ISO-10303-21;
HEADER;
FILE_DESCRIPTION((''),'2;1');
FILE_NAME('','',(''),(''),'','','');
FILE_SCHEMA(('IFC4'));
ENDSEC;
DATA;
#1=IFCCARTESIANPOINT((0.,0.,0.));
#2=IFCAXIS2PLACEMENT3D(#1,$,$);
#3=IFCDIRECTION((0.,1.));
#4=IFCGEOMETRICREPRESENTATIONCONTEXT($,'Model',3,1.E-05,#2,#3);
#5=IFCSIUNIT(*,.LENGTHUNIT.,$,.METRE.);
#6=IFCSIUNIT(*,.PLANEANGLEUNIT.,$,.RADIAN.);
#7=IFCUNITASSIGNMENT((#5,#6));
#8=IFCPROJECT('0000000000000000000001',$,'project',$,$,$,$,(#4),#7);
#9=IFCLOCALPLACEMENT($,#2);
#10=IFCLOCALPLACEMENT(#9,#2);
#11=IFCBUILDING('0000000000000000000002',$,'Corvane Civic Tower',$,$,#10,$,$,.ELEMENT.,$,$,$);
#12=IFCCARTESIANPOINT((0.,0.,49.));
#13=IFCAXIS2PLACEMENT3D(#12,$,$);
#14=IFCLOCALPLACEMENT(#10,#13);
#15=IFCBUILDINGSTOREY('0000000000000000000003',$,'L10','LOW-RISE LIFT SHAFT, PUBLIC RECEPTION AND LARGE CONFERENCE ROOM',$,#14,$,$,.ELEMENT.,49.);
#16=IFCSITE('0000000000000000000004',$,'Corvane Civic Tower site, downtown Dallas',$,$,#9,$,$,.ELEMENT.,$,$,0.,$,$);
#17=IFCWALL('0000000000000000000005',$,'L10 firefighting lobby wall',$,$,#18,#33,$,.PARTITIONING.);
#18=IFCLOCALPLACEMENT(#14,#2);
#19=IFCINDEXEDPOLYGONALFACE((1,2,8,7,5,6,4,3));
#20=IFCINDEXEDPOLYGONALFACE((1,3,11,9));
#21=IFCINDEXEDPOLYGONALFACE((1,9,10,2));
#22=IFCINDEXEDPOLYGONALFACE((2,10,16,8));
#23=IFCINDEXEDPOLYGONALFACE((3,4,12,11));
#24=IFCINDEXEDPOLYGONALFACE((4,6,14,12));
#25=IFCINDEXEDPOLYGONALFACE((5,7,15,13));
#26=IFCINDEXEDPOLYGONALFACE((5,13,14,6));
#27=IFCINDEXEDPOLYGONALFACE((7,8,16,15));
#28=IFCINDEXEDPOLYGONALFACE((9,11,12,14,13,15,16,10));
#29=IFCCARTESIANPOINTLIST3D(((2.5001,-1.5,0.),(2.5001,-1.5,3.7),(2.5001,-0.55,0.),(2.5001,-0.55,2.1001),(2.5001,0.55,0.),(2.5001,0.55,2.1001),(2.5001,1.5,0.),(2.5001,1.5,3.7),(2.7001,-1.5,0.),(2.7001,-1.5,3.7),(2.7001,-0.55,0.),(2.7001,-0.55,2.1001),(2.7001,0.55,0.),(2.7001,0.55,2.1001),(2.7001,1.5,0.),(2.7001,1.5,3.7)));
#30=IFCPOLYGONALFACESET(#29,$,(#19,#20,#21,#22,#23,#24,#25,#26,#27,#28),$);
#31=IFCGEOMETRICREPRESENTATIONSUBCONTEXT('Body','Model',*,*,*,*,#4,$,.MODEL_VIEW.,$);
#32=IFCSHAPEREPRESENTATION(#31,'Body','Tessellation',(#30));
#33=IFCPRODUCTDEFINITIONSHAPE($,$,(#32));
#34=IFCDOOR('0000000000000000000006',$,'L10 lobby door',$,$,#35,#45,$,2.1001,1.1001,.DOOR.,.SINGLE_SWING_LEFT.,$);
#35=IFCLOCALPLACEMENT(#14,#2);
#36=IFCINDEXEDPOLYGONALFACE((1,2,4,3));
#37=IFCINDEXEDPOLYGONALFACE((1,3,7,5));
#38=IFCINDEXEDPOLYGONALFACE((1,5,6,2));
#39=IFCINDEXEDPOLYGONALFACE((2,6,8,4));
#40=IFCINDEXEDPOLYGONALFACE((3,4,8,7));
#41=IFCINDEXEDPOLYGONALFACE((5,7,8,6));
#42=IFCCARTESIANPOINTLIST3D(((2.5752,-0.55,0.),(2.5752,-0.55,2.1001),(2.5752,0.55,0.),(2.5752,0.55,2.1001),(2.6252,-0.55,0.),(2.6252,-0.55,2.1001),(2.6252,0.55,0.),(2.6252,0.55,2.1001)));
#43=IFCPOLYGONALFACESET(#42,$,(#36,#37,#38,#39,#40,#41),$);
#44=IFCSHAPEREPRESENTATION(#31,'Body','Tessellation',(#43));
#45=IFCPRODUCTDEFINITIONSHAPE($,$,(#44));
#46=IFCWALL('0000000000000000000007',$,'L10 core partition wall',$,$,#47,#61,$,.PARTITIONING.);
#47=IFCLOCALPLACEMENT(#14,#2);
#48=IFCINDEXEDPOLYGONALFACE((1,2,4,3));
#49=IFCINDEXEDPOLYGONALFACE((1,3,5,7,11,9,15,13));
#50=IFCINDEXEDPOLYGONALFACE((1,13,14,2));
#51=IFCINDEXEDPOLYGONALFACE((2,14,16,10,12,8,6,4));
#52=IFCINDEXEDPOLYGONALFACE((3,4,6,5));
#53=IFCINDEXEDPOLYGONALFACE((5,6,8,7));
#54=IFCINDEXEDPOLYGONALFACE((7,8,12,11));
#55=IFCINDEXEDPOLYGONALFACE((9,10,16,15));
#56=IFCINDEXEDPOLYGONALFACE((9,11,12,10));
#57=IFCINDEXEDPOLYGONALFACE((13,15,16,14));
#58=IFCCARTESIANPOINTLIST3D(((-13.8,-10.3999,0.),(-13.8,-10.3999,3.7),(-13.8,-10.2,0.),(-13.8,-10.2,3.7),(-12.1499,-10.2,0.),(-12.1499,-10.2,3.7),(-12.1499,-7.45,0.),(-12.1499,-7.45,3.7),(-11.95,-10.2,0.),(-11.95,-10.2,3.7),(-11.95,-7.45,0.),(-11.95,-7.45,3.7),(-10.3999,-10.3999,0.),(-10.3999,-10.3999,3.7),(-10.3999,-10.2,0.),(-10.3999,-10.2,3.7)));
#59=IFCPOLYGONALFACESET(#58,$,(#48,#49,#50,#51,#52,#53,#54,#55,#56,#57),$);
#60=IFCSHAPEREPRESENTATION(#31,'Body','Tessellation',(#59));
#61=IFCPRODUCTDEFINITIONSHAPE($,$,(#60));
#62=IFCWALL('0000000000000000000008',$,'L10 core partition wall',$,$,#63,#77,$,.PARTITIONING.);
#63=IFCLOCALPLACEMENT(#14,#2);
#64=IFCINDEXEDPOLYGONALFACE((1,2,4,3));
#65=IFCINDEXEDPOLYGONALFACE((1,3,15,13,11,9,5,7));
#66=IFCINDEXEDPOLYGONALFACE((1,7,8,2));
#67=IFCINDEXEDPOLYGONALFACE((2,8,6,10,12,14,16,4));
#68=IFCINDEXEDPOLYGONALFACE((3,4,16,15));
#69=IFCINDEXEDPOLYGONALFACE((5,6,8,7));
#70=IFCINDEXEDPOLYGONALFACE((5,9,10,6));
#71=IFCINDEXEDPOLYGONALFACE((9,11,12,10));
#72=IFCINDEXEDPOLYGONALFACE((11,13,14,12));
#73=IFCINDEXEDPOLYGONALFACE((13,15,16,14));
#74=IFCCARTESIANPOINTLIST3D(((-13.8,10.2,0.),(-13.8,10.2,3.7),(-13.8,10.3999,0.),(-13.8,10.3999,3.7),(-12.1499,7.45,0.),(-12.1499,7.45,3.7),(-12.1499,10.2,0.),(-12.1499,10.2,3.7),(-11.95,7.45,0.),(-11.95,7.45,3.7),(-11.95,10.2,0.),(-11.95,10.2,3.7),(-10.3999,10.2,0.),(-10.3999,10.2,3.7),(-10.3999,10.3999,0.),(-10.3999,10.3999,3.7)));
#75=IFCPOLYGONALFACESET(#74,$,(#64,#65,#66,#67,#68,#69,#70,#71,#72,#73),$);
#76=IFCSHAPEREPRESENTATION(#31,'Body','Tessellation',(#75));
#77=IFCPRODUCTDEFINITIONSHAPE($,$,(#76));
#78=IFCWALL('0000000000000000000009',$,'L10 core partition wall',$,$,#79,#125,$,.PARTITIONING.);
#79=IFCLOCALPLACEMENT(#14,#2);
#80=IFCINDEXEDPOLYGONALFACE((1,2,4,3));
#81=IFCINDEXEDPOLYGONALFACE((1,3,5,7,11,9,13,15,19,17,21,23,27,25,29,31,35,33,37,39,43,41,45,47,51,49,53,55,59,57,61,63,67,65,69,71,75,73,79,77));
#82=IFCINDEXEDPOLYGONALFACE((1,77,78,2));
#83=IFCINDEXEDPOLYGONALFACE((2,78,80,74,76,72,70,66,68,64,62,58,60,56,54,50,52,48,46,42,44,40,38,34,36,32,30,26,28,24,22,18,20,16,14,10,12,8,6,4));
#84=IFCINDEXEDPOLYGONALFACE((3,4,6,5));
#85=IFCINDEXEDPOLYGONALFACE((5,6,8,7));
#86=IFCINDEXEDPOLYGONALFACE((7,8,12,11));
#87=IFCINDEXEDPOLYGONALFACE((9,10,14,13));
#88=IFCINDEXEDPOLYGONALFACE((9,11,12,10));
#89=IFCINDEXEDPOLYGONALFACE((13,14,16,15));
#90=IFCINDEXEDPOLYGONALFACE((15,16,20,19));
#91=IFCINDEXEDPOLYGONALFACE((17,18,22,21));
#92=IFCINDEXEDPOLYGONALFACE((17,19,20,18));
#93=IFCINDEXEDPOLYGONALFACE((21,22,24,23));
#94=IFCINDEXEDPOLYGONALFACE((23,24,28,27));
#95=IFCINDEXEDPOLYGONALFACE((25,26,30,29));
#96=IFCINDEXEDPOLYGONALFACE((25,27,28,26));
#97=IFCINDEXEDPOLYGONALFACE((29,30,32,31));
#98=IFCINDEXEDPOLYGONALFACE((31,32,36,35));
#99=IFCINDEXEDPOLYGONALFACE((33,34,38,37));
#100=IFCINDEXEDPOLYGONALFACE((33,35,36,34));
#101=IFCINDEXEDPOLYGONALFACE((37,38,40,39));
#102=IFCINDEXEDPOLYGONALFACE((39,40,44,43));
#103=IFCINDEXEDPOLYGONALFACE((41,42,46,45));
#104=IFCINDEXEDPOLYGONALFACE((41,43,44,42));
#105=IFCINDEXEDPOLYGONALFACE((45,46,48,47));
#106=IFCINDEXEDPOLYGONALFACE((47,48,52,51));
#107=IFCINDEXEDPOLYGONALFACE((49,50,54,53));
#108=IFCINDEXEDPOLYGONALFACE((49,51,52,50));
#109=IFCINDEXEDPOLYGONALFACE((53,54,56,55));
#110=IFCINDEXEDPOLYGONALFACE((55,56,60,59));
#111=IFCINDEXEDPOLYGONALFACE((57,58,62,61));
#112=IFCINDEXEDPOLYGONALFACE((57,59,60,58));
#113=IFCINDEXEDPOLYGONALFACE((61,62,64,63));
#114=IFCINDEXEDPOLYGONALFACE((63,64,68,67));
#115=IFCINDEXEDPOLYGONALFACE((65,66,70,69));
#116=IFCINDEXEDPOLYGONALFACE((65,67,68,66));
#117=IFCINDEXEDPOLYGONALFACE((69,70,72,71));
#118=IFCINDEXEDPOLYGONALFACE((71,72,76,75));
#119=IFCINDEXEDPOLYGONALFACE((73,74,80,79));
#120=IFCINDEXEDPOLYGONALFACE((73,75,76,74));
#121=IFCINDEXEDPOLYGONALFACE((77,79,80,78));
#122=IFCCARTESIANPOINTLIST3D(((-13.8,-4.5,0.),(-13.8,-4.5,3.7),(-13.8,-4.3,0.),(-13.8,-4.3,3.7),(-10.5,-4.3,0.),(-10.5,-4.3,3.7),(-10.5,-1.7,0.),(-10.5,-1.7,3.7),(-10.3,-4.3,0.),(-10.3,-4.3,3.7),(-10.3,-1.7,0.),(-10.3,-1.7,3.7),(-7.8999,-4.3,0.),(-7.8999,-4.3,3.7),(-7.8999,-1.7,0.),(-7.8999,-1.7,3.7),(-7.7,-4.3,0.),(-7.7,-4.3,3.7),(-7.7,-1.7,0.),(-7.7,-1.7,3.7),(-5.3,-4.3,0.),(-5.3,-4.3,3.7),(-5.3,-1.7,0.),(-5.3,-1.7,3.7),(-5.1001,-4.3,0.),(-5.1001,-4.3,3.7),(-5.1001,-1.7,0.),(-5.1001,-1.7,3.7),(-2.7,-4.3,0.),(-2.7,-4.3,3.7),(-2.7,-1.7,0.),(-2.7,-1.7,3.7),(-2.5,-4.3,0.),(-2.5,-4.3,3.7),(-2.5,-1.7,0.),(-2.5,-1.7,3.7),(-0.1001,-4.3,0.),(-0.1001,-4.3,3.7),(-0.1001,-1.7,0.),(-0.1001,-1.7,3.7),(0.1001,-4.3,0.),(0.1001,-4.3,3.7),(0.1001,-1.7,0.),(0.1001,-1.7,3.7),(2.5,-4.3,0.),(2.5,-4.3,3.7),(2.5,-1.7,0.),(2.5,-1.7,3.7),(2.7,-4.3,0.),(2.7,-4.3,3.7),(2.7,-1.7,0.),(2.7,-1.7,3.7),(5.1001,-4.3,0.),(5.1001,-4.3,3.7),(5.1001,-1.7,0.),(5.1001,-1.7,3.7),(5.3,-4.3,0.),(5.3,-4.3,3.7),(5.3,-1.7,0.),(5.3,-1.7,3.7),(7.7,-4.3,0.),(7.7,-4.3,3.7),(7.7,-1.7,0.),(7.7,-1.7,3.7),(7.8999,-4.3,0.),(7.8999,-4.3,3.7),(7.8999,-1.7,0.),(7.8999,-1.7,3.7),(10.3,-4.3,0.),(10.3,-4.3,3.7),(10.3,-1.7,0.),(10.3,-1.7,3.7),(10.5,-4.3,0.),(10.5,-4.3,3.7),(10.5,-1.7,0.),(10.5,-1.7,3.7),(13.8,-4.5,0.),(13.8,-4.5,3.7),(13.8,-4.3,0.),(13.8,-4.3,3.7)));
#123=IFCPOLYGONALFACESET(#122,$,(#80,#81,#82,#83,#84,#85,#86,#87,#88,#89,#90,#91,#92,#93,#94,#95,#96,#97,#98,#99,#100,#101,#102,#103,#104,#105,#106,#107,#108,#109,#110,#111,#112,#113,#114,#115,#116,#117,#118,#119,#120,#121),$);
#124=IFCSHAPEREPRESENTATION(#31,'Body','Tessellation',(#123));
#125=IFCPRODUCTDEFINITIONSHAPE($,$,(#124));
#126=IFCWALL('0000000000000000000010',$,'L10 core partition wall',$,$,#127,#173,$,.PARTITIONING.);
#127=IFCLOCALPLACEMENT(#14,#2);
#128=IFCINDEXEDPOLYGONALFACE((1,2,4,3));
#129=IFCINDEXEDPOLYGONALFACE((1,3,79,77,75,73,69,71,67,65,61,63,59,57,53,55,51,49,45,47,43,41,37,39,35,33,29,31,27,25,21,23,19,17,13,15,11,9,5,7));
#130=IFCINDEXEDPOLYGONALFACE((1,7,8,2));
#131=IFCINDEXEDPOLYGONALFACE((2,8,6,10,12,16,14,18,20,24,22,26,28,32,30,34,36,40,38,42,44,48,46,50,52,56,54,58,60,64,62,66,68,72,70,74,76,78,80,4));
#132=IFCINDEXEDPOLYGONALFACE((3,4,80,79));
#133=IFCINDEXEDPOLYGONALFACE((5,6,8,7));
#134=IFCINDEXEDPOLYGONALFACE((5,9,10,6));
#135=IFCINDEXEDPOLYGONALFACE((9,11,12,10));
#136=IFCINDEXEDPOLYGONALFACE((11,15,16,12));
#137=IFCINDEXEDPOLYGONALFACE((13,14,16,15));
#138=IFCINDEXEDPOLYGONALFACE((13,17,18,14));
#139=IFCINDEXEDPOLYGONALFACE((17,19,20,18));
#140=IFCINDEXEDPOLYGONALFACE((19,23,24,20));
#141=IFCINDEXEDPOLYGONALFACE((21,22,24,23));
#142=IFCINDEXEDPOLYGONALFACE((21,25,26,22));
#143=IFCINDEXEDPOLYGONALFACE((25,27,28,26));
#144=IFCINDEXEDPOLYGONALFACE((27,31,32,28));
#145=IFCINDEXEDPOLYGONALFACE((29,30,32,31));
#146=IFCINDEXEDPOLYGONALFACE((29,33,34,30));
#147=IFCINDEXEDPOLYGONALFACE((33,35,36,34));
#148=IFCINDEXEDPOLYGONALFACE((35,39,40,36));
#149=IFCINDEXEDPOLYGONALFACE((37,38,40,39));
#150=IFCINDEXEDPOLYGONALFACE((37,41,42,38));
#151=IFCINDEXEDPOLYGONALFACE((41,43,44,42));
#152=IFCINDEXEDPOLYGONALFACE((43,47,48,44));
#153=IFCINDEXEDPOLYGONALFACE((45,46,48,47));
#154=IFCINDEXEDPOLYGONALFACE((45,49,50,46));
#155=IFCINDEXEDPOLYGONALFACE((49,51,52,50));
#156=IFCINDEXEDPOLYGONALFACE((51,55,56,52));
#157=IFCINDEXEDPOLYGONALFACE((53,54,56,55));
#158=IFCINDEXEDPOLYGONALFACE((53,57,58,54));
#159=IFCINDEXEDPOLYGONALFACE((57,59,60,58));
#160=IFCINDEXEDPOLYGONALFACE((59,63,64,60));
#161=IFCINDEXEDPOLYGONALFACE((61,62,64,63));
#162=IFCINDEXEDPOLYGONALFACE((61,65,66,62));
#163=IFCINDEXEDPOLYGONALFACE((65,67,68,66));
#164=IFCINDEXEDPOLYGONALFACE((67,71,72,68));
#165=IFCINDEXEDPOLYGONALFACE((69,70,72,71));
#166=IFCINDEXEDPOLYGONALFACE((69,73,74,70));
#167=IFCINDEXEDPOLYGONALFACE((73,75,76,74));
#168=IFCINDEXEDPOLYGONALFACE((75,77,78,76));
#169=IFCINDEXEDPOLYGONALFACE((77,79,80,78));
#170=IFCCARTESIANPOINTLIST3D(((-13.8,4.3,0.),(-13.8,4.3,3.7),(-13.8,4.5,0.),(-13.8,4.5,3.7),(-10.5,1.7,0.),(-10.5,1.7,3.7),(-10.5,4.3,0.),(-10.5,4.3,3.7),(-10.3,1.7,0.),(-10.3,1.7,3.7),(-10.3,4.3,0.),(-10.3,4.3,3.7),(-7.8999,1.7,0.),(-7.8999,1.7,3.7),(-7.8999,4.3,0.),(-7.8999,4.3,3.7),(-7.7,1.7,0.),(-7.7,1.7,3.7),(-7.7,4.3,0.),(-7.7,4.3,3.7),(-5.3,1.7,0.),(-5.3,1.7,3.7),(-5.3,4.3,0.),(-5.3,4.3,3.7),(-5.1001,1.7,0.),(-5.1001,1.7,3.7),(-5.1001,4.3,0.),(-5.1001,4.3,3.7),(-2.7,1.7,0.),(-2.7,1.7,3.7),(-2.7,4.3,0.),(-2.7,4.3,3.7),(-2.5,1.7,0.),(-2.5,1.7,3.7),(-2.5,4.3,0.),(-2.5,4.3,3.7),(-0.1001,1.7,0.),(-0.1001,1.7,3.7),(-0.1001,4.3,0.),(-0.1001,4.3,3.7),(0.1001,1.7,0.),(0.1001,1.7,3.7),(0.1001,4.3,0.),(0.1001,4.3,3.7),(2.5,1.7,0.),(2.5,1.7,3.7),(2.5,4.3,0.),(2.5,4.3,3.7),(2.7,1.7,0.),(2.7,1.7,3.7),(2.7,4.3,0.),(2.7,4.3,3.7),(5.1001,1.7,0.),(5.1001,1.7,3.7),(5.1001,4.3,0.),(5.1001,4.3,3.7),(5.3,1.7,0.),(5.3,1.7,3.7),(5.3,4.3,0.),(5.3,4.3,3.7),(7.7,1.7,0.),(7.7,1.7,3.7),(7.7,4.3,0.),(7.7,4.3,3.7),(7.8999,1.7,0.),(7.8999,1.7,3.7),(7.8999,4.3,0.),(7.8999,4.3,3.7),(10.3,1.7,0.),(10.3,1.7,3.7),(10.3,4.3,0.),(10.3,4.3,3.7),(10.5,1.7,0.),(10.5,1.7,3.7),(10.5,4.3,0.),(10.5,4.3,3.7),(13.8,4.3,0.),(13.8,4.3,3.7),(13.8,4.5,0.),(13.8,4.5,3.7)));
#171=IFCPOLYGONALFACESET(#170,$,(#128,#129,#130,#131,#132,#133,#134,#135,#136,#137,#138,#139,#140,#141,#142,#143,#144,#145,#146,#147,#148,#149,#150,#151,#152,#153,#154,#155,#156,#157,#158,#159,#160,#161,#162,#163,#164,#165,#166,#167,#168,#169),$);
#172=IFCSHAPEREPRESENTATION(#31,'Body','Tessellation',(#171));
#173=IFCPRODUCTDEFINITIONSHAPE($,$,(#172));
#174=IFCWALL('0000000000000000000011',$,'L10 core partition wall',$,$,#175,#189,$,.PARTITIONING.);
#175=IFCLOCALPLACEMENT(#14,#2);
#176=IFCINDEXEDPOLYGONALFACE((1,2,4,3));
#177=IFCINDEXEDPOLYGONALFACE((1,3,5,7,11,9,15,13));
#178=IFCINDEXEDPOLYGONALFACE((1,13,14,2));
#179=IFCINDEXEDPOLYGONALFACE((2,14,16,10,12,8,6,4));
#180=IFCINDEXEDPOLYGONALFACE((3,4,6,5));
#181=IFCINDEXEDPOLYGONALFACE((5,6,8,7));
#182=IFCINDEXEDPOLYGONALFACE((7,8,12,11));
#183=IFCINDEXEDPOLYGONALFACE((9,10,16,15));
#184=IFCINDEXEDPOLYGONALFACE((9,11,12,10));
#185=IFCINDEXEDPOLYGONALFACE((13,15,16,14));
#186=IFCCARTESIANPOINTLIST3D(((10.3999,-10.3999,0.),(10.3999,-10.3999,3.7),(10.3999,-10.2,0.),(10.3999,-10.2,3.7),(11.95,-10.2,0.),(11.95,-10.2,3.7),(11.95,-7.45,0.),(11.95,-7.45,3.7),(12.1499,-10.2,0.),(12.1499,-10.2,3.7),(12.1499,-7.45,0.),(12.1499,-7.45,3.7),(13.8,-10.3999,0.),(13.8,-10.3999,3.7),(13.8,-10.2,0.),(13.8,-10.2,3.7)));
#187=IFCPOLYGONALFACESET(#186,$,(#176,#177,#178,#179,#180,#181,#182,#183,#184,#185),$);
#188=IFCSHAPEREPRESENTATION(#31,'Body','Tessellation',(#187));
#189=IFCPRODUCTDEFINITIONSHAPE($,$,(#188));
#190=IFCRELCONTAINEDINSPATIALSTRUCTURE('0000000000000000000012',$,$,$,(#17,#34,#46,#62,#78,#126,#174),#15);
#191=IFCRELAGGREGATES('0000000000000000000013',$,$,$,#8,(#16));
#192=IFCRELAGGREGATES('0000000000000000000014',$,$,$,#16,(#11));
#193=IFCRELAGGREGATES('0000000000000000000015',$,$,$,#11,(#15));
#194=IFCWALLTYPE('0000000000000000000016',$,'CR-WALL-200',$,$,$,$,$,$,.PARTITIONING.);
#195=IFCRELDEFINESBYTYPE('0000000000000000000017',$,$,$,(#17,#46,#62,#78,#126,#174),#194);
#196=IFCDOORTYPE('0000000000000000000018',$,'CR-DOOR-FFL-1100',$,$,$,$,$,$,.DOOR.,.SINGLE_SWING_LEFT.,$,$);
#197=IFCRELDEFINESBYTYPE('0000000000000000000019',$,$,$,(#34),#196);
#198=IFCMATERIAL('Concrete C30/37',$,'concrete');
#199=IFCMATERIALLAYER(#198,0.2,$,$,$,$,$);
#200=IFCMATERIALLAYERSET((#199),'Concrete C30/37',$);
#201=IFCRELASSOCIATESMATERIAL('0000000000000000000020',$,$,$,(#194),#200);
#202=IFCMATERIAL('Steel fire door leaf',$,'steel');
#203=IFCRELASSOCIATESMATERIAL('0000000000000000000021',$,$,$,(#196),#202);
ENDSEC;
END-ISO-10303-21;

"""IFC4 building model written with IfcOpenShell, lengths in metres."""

from ifc_helpers import new_model, si_unit, direction, frame, frame_2d, origin, place, context, subcontext, project, spatial, polyline, rectangle, outline, extrude, material, layer, layer_set, type_object, element, fill, save


model = new_model("IFC4")

# Units and contexts
model_context = context("Model", 3, precision=1e-05, world=origin(), true_north=direction((0.0, 1.0)))
body_context = subcontext(model_context, "Body", "Model", "MODEL_VIEW")
ifc_project = project(units=[si_unit("LENGTHUNIT", "METRE"), si_unit("PLANEANGLEUNIT", "RADIAN")], contexts=[model_context])

# Site, building, storey
site_placement = place(None, origin())
site = spatial("IfcSite", under=ifc_project, at=site_placement, Name="Corvane Civic Tower site, downtown Dallas", CompositionType="ELEMENT", RefElevation=0.0)
building_placement = place(site_placement, origin())
building = spatial("IfcBuilding", under=site, at=building_placement, Name="Corvane Civic Tower", CompositionType="ELEMENT")
storey_placement = place(building_placement, frame((0.0, 0.0, 49.0)))
storey = spatial("IfcBuildingStorey", under=building, at=storey_placement, Name="L10", Description="LOW-RISE LIFT SHAFT, PUBLIC RECEPTION AND LARGE CONFERENCE ROOM", CompositionType="ELEMENT", Elevation=49.0)

# Shared definitions
ifc_material_1 = material(Name="Concrete C30/37", Category="concrete")
ifc_layer_1 = layer(ifc_material_1, 0.2)
ifc_layer_set_1 = layer_set([ifc_layer_1], Name="Concrete C30/37")
wall_type_1 = type_object("IfcWallType", Name="CR-WALL-200", PredefinedType="PARTITIONING", material=ifc_layer_set_1)

# Wall, opening, door
wall_1_placement = place(storey_placement, frame((2.6001, -1.5, 0.0), z_axis=(0.0, 0.0, 1.0), x_axis=(0.0, 1.0, 0.0)))
wall_1 = element("IfcWall", 1, at=wall_1_placement, inside=storey, type_object=wall_type_1, Name="L10 firefighting lobby wall", PredefinedType="PARTITIONING", context=body_context, shape_type="SweptSolid", body=[
    extrude(rectangle(XDim=3.0, YDim=0.2, at=frame_2d((1.5, 0.0))), origin(), (0.0, 0.0, 1.0), 3.7),
])
opening_1_placement = place(wall_1_placement, frame((0.95, 0.0, 0.0)))
opening_1 = element("IfcOpeningElement", 2, at=opening_1_placement, cuts=wall_1, PredefinedType="OPENING", context=body_context, shape_type="SweptSolid", body=[
    extrude(rectangle(XDim=1.1001, YDim=2.1001, at=frame_2d((0.55, 1.05))), frame((0.0, 0.1099, 0.0), z_axis=(0.0, -1.0, 0.0), x_axis=(1.0, 0.0, 0.0)), (0.0, 0.0, 1.0), 0.22),
])
ifc_material_2 = material(Name="Steel fire door leaf", Category="steel")
door_type_1 = type_object("IfcDoorType", Name="CR-DOOR-FFL-1100", OperationType="SINGLE_SWING_LEFT", PredefinedType="DOOR", material=ifc_material_2)
door_1_placement = place(opening_1_placement, origin())
door_1 = element("IfcDoor", 3, at=door_1_placement, inside=storey, type_object=door_type_1, Name="L10 lobby door", OperationType="SINGLE_SWING_LEFT", OverallHeight=2.1001, OverallWidth=1.1001, PredefinedType="DOOR", context=body_context, shape_type="SweptSolid", body=[
    extrude(rectangle(XDim=1.1001, YDim=2.1001, at=frame_2d((0.55, 1.05))), frame((0.0, 0.0249, 0.0), z_axis=(0.0, -1.0, 0.0), x_axis=(1.0, 0.0, 0.0)), (0.0, 0.0, 1.0), 0.05),
])
fill(opening_1, door_1)

# Walls
wall_2_placement = place(storey_placement, origin())
element("IfcWall", 4, at=wall_2_placement, inside=storey, type_object=wall_type_1, Name="L10 core partition wall", PredefinedType="PARTITIONING", context=body_context, shape_type="SweptSolid", body=[
    extrude(outline(polyline([(-12.1499, -7.45), (-11.95, -7.45), (-11.95, -10.2), (-10.3999, -10.2), (-10.3999, -10.3999), (-13.8, -10.3999), (-13.8, -10.2), (-12.1499, -10.2), (-12.1499, -7.45)])), origin(), (0.0, 0.0, 1.0), 3.7),
])
wall_3_placement = place(storey_placement, origin())
element("IfcWall", 5, at=wall_3_placement, inside=storey, type_object=wall_type_1, Name="L10 core partition wall", PredefinedType="PARTITIONING", context=body_context, shape_type="SweptSolid", body=[
    extrude(outline(polyline([(-13.8, 10.3999), (-10.3999, 10.3999), (-10.3999, 10.2), (-11.95, 10.2), (-11.95, 7.45), (-12.1499, 7.45), (-12.1499, 10.2), (-13.8, 10.2), (-13.8, 10.3999)])), origin(), (0.0, 0.0, 1.0), 3.7),
])
wall_4_placement = place(storey_placement, origin())
element("IfcWall", 6, at=wall_4_placement, inside=storey, type_object=wall_type_1, Name="L10 core partition wall", PredefinedType="PARTITIONING", context=body_context, shape_type="SweptSolid", body=[
    extrude(outline(polyline([(-10.3, -1.7), (-10.3, -4.3), (-7.8999, -4.3), (-7.8999, -1.7), (-7.7, -1.7), (-7.7, -4.3), (-5.3, -4.3), (-5.3, -1.7), (-5.1001, -1.7), (-5.1001, -4.3), (-2.7, -4.3), (-2.7, -1.7), (-2.5, -1.7), (-2.5, -4.3), (-0.1001, -4.3), (-0.1001, -1.7), (0.1001, -1.7), (0.1001, -4.3), (2.5, -4.3), (2.5, -1.7), (2.7, -1.7), (2.7, -4.3), (5.1001, -4.3), (5.1001, -1.7), (5.3, -1.7), (5.3, -4.3), (7.7, -4.3), (7.7, -1.7), (7.8999, -1.7), (7.8999, -4.3), (10.3, -4.3), (10.3, -1.7), (10.5, -1.7), (10.5, -4.3), (13.8, -4.3), (13.8, -4.5), (-13.8, -4.5), (-13.8, -4.3), (-10.5, -4.3), (-10.5, -1.7), (-10.3, -1.7)])), origin(), (0.0, 0.0, 1.0), 3.7),
])
wall_5_placement = place(storey_placement, origin())
element("IfcWall", 7, at=wall_5_placement, inside=storey, type_object=wall_type_1, Name="L10 core partition wall", PredefinedType="PARTITIONING", context=body_context, shape_type="SweptSolid", body=[
    extrude(outline(polyline([(-10.3, 1.7), (-10.5, 1.7), (-10.5, 4.3), (-13.8, 4.3), (-13.8, 4.5), (13.8, 4.5), (13.8, 4.3), (10.5, 4.3), (10.5, 1.7), (10.3, 1.7), (10.3, 4.3), (7.8999, 4.3), (7.8999, 1.7), (7.7, 1.7), (7.7, 4.3), (5.3, 4.3), (5.3, 1.7), (5.1001, 1.7), (5.1001, 4.3), (2.7, 4.3), (2.7, 1.7), (2.5, 1.7), (2.5, 4.3), (0.1001, 4.3), (0.1001, 1.7), (-0.1001, 1.7), (-0.1001, 4.3), (-2.5, 4.3), (-2.5, 1.7), (-2.7, 1.7), (-2.7, 4.3), (-5.1001, 4.3), (-5.1001, 1.7), (-5.3, 1.7), (-5.3, 4.3), (-7.7, 4.3), (-7.7, 1.7), (-7.8999, 1.7), (-7.8999, 4.3), (-10.3, 4.3), (-10.3, 1.7)])), origin(), (0.0, 0.0, 1.0), 3.7),
])
wall_6_placement = place(storey_placement, origin())
element("IfcWall", 8, at=wall_6_placement, inside=storey, type_object=wall_type_1, Name="L10 core partition wall", PredefinedType="PARTITIONING", context=body_context, shape_type="SweptSolid", body=[
    extrude(outline(polyline([(11.95, -7.45), (12.1499, -7.45), (12.1499, -10.2), (13.8, -10.2), (13.8, -10.3999), (10.3999, -10.3999), (10.3999, -10.2), (11.95, -10.2), (11.95, -7.45)])), origin(), (0.0, 0.0, 1.0), 3.7),
])

save(model, "model.ifc")
